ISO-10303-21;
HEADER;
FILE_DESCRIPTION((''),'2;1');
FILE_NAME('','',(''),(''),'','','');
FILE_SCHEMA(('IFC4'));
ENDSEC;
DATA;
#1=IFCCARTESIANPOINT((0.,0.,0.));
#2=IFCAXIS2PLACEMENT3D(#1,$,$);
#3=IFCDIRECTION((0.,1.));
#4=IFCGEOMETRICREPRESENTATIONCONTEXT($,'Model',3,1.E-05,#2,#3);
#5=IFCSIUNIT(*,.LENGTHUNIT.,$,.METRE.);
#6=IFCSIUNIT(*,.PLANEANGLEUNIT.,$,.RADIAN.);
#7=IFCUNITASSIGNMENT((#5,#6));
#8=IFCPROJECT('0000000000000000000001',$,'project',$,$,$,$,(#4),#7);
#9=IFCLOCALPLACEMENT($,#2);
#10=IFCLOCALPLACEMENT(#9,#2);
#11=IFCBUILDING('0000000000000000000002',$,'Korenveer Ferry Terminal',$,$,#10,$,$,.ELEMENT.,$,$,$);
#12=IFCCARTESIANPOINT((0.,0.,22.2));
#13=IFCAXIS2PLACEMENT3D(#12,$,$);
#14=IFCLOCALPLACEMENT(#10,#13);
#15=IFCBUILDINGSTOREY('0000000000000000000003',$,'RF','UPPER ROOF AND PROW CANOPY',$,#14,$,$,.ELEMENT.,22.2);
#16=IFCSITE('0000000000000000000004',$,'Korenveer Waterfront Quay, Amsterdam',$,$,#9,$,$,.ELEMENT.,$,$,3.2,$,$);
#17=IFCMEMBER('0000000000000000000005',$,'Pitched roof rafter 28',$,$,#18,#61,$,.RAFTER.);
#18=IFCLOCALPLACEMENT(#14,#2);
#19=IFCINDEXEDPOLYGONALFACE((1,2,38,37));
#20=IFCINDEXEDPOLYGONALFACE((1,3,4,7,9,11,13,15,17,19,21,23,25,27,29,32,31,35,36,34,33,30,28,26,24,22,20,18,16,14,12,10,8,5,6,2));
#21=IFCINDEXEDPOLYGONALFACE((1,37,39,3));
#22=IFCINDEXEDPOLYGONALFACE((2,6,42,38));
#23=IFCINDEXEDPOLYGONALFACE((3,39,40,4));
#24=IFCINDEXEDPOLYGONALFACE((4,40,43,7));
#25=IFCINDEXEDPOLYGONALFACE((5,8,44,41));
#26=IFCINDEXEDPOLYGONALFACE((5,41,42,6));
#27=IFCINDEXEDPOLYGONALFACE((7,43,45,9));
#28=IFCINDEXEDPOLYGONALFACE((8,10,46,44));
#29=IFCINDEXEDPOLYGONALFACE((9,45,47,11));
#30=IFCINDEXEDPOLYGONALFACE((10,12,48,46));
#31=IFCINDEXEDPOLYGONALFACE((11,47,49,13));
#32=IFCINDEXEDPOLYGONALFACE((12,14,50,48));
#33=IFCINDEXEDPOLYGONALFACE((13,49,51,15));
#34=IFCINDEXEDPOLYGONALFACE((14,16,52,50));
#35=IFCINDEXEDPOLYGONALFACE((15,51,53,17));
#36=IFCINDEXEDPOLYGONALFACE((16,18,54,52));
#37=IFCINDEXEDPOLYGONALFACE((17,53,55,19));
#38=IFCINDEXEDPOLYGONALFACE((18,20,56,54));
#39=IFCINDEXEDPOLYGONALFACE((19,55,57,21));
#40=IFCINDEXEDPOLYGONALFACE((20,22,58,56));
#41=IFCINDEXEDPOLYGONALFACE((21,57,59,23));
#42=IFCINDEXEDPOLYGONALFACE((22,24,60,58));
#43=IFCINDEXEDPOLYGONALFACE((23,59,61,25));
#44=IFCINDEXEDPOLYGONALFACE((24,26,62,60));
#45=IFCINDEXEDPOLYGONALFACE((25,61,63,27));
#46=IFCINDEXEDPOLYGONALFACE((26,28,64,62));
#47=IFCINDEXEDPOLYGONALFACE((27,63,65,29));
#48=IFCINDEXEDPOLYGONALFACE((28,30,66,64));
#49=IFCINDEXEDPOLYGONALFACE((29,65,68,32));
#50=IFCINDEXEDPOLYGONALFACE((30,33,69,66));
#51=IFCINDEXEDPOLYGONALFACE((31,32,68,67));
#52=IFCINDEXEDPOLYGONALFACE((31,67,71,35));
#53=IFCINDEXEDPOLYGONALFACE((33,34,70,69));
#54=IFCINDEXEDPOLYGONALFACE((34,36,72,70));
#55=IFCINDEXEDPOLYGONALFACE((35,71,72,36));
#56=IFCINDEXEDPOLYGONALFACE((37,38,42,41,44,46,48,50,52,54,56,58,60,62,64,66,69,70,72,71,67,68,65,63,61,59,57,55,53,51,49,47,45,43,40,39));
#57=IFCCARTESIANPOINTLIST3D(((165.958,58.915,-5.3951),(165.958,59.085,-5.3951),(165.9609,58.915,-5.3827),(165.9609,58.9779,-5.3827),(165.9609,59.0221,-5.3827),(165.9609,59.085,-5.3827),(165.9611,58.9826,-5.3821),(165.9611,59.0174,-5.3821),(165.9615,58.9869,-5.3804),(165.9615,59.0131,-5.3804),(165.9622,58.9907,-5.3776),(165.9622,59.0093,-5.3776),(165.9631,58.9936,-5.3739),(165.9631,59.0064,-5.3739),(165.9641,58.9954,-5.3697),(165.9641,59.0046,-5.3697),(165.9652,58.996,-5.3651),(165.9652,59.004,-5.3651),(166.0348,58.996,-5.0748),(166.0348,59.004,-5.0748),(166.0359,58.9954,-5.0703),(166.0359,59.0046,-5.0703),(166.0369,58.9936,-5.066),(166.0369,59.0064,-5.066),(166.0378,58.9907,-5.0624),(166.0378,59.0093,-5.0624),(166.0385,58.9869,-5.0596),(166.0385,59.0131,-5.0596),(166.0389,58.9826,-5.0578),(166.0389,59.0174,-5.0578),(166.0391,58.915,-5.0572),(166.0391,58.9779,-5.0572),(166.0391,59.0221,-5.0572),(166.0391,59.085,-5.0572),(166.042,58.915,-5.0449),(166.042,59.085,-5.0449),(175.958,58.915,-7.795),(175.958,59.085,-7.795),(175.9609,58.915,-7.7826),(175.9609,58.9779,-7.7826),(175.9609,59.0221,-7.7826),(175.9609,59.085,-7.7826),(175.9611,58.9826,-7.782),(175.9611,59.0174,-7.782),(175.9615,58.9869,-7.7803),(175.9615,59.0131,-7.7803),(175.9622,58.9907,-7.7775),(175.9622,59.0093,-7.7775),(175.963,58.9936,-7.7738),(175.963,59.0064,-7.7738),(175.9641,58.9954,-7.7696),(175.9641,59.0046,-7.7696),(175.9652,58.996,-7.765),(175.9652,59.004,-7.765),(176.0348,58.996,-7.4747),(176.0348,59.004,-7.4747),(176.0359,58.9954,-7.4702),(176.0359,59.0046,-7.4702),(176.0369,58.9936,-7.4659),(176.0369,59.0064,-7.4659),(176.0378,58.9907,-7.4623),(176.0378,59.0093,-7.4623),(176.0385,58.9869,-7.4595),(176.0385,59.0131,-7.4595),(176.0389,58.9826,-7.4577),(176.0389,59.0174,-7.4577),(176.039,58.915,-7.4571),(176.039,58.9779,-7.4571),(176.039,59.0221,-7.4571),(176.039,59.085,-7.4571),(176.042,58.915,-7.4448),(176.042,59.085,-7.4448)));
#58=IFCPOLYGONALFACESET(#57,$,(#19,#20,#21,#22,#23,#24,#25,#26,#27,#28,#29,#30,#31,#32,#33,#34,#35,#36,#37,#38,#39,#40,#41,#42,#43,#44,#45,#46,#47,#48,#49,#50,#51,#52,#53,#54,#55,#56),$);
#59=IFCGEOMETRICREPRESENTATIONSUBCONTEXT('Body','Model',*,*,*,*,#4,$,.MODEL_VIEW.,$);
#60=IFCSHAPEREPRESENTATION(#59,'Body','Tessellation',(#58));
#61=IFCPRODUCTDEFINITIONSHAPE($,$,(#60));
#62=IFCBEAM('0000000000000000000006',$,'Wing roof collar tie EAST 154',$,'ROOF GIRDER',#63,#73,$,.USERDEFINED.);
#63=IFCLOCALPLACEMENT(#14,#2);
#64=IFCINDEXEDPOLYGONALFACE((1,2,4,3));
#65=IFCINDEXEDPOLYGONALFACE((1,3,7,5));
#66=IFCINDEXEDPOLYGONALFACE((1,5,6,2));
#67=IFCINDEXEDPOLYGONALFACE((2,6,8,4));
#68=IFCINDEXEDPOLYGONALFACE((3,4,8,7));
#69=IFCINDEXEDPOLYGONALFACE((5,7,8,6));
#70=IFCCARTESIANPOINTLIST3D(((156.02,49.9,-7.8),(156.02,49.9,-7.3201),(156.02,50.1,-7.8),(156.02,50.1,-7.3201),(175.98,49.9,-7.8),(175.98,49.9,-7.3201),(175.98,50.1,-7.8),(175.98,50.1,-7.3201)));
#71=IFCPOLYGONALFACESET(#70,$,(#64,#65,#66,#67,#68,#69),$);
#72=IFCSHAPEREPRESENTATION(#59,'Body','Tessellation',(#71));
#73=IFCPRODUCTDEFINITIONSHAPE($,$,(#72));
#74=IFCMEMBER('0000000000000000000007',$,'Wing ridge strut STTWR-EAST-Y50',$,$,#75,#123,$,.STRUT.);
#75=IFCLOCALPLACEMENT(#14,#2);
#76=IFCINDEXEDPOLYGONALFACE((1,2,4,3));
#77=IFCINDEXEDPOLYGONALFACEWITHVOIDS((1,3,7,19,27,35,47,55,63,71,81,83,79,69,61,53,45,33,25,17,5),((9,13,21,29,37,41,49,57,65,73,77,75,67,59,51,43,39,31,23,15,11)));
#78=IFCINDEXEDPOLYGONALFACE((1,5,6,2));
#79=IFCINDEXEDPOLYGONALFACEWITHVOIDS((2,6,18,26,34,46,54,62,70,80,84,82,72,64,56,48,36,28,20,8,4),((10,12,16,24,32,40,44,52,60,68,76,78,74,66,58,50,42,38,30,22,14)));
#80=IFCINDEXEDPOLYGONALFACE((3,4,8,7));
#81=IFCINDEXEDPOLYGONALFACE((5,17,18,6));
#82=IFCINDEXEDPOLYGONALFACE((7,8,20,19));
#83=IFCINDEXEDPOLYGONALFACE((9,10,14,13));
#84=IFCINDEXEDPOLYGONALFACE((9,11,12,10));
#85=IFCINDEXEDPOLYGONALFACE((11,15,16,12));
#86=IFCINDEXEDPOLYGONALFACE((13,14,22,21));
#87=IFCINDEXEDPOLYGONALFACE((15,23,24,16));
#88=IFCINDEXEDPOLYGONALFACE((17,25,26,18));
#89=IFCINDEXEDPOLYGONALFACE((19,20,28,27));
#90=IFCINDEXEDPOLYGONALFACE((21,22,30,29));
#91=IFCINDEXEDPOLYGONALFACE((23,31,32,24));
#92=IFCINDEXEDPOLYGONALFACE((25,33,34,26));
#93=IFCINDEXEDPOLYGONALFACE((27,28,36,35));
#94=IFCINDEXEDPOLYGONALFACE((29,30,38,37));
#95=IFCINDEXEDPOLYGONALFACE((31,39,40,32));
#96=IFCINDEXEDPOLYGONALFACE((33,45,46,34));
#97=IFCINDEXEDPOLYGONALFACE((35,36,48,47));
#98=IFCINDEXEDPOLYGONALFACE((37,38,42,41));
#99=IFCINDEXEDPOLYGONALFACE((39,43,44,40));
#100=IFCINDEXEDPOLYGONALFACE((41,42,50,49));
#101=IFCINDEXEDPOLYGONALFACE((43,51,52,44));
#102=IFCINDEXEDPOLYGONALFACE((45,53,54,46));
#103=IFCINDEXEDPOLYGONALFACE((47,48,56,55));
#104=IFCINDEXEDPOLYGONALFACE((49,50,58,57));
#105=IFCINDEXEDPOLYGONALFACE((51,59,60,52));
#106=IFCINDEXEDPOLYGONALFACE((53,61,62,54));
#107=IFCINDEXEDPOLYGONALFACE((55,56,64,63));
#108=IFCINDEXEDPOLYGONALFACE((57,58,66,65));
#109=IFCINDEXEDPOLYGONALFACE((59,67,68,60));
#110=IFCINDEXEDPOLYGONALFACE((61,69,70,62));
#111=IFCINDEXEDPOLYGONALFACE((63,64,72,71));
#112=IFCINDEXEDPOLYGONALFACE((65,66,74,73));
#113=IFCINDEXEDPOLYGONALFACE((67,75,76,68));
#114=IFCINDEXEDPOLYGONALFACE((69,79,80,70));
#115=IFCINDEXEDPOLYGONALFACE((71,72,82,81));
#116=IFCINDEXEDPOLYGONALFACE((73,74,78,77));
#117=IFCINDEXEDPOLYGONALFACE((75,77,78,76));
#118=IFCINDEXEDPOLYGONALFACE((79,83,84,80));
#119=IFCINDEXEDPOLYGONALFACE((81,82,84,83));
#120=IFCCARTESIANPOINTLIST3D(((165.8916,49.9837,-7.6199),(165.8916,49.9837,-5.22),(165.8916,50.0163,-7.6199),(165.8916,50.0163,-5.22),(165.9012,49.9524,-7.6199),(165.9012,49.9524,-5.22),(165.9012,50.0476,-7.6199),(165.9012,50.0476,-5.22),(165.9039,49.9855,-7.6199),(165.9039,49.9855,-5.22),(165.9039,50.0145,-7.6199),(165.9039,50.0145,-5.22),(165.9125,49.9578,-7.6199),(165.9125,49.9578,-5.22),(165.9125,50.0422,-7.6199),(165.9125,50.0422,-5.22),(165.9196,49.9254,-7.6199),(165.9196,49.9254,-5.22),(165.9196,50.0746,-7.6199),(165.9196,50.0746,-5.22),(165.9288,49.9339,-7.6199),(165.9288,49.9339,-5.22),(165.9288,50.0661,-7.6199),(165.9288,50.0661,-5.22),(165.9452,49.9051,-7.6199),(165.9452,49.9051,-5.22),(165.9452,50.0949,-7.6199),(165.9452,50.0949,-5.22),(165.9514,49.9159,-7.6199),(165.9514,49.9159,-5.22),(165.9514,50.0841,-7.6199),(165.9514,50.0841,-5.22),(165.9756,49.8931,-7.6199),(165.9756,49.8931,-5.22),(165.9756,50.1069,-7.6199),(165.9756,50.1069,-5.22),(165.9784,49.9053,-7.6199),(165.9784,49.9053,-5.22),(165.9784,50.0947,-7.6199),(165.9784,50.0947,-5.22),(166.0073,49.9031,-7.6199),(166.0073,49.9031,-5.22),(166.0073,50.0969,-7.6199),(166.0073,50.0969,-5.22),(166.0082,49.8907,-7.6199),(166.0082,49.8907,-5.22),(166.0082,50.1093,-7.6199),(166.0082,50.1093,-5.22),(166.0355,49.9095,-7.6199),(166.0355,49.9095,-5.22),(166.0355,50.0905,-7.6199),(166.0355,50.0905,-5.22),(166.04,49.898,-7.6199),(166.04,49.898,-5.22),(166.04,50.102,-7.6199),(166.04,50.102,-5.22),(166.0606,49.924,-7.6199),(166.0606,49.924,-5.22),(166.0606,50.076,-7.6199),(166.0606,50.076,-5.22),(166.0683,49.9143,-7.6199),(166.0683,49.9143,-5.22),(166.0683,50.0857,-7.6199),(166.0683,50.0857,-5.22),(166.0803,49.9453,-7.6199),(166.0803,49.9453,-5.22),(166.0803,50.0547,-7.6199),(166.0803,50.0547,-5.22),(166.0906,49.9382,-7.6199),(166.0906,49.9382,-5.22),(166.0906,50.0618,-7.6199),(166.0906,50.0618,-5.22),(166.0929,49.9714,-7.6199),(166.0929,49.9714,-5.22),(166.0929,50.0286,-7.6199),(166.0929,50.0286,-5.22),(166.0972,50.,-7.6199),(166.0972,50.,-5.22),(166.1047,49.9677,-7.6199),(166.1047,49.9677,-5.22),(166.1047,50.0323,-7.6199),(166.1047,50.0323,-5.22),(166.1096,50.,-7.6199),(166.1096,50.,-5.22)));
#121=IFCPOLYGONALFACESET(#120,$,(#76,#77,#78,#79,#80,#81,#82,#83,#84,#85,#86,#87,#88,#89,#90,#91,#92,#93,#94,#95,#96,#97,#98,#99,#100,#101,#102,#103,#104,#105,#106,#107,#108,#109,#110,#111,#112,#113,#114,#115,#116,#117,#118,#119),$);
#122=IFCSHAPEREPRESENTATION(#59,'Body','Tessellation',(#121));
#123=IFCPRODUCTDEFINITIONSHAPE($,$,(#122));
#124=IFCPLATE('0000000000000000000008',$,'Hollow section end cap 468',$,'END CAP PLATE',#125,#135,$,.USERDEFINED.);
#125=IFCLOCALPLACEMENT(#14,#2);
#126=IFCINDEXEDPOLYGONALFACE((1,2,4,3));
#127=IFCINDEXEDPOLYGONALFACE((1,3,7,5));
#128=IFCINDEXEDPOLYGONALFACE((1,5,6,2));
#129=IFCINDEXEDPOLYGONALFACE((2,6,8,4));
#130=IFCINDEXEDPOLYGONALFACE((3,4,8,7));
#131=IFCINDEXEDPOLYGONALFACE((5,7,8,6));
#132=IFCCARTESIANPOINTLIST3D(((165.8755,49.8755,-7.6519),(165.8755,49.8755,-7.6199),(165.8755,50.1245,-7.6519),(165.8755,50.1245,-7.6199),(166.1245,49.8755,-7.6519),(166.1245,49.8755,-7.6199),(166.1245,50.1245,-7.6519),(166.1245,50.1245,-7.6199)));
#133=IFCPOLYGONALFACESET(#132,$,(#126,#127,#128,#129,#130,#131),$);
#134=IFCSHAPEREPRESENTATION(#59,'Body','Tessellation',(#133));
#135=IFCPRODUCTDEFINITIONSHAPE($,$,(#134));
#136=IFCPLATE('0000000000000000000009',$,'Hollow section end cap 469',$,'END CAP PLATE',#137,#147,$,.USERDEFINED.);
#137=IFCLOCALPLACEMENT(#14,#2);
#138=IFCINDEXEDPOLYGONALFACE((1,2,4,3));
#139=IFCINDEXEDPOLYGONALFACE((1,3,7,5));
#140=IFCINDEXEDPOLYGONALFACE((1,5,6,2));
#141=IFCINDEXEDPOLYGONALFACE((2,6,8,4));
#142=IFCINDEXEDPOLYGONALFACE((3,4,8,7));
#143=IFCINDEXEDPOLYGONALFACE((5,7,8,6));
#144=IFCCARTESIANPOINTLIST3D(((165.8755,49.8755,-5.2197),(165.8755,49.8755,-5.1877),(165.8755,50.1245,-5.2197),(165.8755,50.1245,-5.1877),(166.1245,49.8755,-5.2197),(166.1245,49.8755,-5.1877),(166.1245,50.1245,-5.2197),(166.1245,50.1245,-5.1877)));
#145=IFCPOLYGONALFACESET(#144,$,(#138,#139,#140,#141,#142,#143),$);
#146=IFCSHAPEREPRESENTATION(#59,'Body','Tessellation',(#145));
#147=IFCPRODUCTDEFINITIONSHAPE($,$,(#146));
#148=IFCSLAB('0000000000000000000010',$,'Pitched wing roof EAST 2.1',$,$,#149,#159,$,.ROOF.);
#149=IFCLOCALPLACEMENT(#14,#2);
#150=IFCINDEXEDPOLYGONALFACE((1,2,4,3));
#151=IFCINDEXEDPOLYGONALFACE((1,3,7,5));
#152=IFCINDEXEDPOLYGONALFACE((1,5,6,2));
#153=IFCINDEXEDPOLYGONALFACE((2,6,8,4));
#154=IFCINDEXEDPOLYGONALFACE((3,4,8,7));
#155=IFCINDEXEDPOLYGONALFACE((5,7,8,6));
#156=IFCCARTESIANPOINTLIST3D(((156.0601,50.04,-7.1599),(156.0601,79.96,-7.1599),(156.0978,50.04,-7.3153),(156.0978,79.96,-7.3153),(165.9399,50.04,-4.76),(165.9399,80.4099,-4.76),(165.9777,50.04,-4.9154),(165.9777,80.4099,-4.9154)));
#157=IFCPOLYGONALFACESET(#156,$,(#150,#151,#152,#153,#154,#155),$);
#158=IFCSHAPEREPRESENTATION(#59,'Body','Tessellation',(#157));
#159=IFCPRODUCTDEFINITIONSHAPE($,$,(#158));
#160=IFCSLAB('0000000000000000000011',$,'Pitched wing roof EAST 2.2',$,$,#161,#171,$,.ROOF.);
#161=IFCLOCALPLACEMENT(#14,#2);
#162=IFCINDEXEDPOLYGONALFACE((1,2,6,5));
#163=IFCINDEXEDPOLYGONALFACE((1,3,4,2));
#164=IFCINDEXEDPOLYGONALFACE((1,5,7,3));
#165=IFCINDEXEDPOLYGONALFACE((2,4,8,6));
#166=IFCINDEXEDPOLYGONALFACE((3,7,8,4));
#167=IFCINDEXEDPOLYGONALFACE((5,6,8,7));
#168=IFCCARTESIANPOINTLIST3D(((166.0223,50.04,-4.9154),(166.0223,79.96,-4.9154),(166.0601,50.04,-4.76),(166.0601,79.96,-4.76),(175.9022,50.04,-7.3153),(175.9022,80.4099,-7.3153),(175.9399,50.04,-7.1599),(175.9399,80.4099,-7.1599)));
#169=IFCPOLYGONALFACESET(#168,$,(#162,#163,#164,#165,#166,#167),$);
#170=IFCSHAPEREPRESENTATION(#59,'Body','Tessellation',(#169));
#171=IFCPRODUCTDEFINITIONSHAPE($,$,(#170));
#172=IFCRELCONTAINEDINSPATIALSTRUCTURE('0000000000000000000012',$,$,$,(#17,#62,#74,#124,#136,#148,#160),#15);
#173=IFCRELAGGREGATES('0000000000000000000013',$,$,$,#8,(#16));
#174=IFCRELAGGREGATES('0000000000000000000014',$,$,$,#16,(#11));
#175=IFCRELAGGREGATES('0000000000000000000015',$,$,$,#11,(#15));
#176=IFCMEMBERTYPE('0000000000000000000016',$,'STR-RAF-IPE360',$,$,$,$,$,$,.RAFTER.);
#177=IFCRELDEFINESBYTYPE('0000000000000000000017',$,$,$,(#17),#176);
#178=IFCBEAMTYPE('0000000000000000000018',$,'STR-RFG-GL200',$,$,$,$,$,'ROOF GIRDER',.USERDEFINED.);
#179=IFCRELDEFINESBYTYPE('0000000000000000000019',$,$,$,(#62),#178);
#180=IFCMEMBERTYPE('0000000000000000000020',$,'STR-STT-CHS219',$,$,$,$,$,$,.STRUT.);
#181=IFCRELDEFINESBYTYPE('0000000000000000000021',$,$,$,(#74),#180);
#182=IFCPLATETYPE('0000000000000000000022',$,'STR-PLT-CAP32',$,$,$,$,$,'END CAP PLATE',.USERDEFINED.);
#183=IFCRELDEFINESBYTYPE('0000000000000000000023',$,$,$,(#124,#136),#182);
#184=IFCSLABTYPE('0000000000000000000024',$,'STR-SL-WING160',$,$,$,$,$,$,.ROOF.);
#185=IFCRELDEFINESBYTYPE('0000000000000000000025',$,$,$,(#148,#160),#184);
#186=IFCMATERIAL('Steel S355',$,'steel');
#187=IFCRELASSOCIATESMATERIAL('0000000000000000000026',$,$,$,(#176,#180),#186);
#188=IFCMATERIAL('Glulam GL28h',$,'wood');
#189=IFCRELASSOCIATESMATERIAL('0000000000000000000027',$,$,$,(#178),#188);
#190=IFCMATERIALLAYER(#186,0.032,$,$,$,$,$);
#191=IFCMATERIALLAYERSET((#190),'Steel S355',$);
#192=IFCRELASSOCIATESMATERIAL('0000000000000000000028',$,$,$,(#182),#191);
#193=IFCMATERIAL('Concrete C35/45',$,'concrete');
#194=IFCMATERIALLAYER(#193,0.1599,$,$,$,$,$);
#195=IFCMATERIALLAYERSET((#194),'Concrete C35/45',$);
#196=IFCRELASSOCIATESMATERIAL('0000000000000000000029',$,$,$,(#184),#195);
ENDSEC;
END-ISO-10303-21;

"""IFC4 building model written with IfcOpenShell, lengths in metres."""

from ifc_helpers import new_model, si_unit, direction, frame, origin, origin_2d, place, context, subcontext, project, spatial, polyline, rectangle, hollow_circle, i_section, outline, extrude, material, layer, layer_set, material_profile, profile_set, type_object, element, save


model = new_model("IFC4")

# Units and contexts
model_context = context("Model", 3, precision=1e-05, world=origin(), true_north=direction((0.0, 1.0)))
body_context = subcontext(model_context, "Body", "Model", "MODEL_VIEW")
ifc_project = project(units=[si_unit("LENGTHUNIT", "METRE"), si_unit("PLANEANGLEUNIT", "RADIAN")], contexts=[model_context])

# Site, building, storey
site_placement = place(None, origin())
site = spatial("IfcSite", under=ifc_project, at=site_placement, Name="Korenveer Waterfront Quay, Amsterdam", CompositionType="ELEMENT", RefElevation=3.2)
building_placement = place(site_placement, origin())
building = spatial("IfcBuilding", under=site, at=building_placement, Name="Korenveer Ferry Terminal", CompositionType="ELEMENT")
storey_placement = place(building_placement, frame((0.0, 0.0, 22.2)))
storey = spatial("IfcBuildingStorey", under=building, at=storey_placement, Name="RF", Description="UPPER ROOF AND PROW CANOPY", CompositionType="ELEMENT", Elevation=22.2)

# Shared definitions
ifc_material_1 = material(Name="Steel S355", Category="steel")

# Member
ifc_material_profile_1 = material_profile(ifc_material_1, i_section(OverallWidth=0.1699, OverallDepth=0.3601, WebThickness=0.0081, FlangeThickness=0.0127, FilletRadius=0.0181, at=origin_2d()), Name="IPE 360")
ifc_profile_set_1 = profile_set([ifc_material_profile_1], Name="Steel S355")
member_type_1 = type_object("IfcMemberType", Name="STR-RAF-IPE360", PredefinedType="RAFTER", material=ifc_profile_set_1)
for number, where, z_axis, x_axis, name in (
    (1, (166.0, 59.0, -5.22), (0.972389, 0.0, -0.233364), (0.0, 1.0, 0.0), "Pitched roof rafter 28"),
):
    element("IfcMember", number, at=place(storey_placement, frame(where, z_axis=z_axis, x_axis=x_axis)), inside=storey, type_object=member_type_1, Name=name, PredefinedType="RAFTER", context=body_context, shape_type="SweptSolid", body=[
        extrude(i_section(OverallWidth=0.1699, OverallDepth=0.3601, WebThickness=0.0081, FlangeThickness=0.0127, FilletRadius=0.0181, at=origin_2d()), origin(), (0.0, 0.0, 1.0), 10.2839),
    ])

# Beam
ifc_material_2 = material(Name="Glulam GL28h", Category="wood")
ifc_material_profile_2 = material_profile(ifc_material_2, rectangle(XDim=0.2, YDim=0.48, at=origin_2d()), Name="GL 200x480")
ifc_profile_set_2 = profile_set([ifc_material_profile_2], Name="Glulam GL28h")
beam_type_1 = type_object("IfcBeamType", Name="STR-RFG-GL200", ElementType="ROOF GIRDER", PredefinedType="USERDEFINED", material=ifc_profile_set_2)
beam_placement = place(storey_placement, frame((156.02, 50.0, -7.5601), z_axis=(1.0, 0.0, 0.0), x_axis=(0.0, 1.0, 0.0)))
element("IfcBeam", 2, at=beam_placement, inside=storey, type_object=beam_type_1, Name="Wing roof collar tie EAST 154", ObjectType="ROOF GIRDER", PredefinedType="USERDEFINED", context=body_context, shape_type="SweptSolid", body=[
    extrude(rectangle(XDim=0.2, YDim=0.48, at=origin_2d()), origin(), (0.0, 0.0, 1.0), 19.96),
])

# Member
ifc_material_profile_3 = material_profile(ifc_material_1, hollow_circle(Radius=0.1096, WallThickness=0.0125, at=origin_2d()), Name="CHS 219.1x12.5")
ifc_profile_set_3 = profile_set([ifc_material_profile_3], Name="Steel S355")
member_type_2 = type_object("IfcMemberType", Name="STR-STT-CHS219", PredefinedType="STRUT", material=ifc_profile_set_3)
member_placement = place(storey_placement, frame((166.0, 50.0, -7.6199), z_axis=(0.0, 0.0, 1.0), x_axis=(1.0, 0.0, 0.0)))
element("IfcMember", 3, at=member_placement, inside=storey, type_object=member_type_2, Name="Wing ridge strut STTWR-EAST-Y50", PredefinedType="STRUT", context=body_context, shape_type="SweptSolid", body=[
    extrude(hollow_circle(Radius=0.1096, WallThickness=0.0125, at=origin_2d()), origin(), (0.0, 0.0, 1.0), 2.3999),
])

# Plates
ifc_layer_1 = layer(ifc_material_1, 0.032)
ifc_layer_set_1 = layer_set([ifc_layer_1], Name="Steel S355")
plate_type = type_object("IfcPlateType", Name="STR-PLT-CAP32", ElementType="END CAP PLATE", PredefinedType="USERDEFINED", material=ifc_layer_set_1)
for number, where, z_axis, x_axis, name in (
    (4, (166.0, 50.0, -7.6519), (0.0, 0.0, 1.0), (1.0, 0.0, 0.0), "Hollow section end cap 468"),
    (5, (166.0, 50.0, -5.2197), (0.0, 0.0, 1.0), (1.0, 0.0, 0.0), "Hollow section end cap 469"),
):
    element("IfcPlate", number, at=place(storey_placement, frame(where, z_axis=z_axis, x_axis=x_axis)), inside=storey, type_object=plate_type, Name=name, ObjectType="END CAP PLATE", PredefinedType="USERDEFINED", context=body_context, shape_type="SweptSolid", body=[
        extrude(rectangle(XDim=0.249, YDim=0.249, at=origin_2d()), origin(), (0.0, 0.0, 1.0), 0.032),
    ])

# Slabs
ifc_material_3 = material(Name="Concrete C35/45", Category="concrete")
ifc_layer_2 = layer(ifc_material_3, 0.1599)
ifc_layer_set_2 = layer_set([ifc_layer_2], Name="Concrete C35/45")
slab_type = type_object("IfcSlabType", Name="STR-SL-WING160", PredefinedType="ROOF", material=ifc_layer_set_2)
for number, where, z_axis, x_axis, name in (
    (6, (156.0601, 50.04, -7.1599), (-0.236044, 0.0, 0.971742), (0.971742, 0.0, 0.236044), "Pitched wing roof EAST 2.1"),
    (7, (166.0601, 50.04, -4.76), (0.236044, 0.0, 0.971742), (0.971742, 0.0, -0.236044), "Pitched wing roof EAST 2.2"),
):
    element("IfcSlab", number, at=place(storey_placement, frame(where, z_axis=z_axis, x_axis=x_axis)), inside=storey, type_object=slab_type, Name=name, PredefinedType="ROOF", context=body_context, shape_type="SweptSolid", body=[
        extrude(outline(polyline([(0.0, 0.0), (10.1672, 0.0), (10.1672, 30.3699), (0.0, 29.9199), (0.0, 0.0)])), origin(), (0.0, 0.0, -1.0), 0.1599),
    ])

save(model, "model.ifc")
